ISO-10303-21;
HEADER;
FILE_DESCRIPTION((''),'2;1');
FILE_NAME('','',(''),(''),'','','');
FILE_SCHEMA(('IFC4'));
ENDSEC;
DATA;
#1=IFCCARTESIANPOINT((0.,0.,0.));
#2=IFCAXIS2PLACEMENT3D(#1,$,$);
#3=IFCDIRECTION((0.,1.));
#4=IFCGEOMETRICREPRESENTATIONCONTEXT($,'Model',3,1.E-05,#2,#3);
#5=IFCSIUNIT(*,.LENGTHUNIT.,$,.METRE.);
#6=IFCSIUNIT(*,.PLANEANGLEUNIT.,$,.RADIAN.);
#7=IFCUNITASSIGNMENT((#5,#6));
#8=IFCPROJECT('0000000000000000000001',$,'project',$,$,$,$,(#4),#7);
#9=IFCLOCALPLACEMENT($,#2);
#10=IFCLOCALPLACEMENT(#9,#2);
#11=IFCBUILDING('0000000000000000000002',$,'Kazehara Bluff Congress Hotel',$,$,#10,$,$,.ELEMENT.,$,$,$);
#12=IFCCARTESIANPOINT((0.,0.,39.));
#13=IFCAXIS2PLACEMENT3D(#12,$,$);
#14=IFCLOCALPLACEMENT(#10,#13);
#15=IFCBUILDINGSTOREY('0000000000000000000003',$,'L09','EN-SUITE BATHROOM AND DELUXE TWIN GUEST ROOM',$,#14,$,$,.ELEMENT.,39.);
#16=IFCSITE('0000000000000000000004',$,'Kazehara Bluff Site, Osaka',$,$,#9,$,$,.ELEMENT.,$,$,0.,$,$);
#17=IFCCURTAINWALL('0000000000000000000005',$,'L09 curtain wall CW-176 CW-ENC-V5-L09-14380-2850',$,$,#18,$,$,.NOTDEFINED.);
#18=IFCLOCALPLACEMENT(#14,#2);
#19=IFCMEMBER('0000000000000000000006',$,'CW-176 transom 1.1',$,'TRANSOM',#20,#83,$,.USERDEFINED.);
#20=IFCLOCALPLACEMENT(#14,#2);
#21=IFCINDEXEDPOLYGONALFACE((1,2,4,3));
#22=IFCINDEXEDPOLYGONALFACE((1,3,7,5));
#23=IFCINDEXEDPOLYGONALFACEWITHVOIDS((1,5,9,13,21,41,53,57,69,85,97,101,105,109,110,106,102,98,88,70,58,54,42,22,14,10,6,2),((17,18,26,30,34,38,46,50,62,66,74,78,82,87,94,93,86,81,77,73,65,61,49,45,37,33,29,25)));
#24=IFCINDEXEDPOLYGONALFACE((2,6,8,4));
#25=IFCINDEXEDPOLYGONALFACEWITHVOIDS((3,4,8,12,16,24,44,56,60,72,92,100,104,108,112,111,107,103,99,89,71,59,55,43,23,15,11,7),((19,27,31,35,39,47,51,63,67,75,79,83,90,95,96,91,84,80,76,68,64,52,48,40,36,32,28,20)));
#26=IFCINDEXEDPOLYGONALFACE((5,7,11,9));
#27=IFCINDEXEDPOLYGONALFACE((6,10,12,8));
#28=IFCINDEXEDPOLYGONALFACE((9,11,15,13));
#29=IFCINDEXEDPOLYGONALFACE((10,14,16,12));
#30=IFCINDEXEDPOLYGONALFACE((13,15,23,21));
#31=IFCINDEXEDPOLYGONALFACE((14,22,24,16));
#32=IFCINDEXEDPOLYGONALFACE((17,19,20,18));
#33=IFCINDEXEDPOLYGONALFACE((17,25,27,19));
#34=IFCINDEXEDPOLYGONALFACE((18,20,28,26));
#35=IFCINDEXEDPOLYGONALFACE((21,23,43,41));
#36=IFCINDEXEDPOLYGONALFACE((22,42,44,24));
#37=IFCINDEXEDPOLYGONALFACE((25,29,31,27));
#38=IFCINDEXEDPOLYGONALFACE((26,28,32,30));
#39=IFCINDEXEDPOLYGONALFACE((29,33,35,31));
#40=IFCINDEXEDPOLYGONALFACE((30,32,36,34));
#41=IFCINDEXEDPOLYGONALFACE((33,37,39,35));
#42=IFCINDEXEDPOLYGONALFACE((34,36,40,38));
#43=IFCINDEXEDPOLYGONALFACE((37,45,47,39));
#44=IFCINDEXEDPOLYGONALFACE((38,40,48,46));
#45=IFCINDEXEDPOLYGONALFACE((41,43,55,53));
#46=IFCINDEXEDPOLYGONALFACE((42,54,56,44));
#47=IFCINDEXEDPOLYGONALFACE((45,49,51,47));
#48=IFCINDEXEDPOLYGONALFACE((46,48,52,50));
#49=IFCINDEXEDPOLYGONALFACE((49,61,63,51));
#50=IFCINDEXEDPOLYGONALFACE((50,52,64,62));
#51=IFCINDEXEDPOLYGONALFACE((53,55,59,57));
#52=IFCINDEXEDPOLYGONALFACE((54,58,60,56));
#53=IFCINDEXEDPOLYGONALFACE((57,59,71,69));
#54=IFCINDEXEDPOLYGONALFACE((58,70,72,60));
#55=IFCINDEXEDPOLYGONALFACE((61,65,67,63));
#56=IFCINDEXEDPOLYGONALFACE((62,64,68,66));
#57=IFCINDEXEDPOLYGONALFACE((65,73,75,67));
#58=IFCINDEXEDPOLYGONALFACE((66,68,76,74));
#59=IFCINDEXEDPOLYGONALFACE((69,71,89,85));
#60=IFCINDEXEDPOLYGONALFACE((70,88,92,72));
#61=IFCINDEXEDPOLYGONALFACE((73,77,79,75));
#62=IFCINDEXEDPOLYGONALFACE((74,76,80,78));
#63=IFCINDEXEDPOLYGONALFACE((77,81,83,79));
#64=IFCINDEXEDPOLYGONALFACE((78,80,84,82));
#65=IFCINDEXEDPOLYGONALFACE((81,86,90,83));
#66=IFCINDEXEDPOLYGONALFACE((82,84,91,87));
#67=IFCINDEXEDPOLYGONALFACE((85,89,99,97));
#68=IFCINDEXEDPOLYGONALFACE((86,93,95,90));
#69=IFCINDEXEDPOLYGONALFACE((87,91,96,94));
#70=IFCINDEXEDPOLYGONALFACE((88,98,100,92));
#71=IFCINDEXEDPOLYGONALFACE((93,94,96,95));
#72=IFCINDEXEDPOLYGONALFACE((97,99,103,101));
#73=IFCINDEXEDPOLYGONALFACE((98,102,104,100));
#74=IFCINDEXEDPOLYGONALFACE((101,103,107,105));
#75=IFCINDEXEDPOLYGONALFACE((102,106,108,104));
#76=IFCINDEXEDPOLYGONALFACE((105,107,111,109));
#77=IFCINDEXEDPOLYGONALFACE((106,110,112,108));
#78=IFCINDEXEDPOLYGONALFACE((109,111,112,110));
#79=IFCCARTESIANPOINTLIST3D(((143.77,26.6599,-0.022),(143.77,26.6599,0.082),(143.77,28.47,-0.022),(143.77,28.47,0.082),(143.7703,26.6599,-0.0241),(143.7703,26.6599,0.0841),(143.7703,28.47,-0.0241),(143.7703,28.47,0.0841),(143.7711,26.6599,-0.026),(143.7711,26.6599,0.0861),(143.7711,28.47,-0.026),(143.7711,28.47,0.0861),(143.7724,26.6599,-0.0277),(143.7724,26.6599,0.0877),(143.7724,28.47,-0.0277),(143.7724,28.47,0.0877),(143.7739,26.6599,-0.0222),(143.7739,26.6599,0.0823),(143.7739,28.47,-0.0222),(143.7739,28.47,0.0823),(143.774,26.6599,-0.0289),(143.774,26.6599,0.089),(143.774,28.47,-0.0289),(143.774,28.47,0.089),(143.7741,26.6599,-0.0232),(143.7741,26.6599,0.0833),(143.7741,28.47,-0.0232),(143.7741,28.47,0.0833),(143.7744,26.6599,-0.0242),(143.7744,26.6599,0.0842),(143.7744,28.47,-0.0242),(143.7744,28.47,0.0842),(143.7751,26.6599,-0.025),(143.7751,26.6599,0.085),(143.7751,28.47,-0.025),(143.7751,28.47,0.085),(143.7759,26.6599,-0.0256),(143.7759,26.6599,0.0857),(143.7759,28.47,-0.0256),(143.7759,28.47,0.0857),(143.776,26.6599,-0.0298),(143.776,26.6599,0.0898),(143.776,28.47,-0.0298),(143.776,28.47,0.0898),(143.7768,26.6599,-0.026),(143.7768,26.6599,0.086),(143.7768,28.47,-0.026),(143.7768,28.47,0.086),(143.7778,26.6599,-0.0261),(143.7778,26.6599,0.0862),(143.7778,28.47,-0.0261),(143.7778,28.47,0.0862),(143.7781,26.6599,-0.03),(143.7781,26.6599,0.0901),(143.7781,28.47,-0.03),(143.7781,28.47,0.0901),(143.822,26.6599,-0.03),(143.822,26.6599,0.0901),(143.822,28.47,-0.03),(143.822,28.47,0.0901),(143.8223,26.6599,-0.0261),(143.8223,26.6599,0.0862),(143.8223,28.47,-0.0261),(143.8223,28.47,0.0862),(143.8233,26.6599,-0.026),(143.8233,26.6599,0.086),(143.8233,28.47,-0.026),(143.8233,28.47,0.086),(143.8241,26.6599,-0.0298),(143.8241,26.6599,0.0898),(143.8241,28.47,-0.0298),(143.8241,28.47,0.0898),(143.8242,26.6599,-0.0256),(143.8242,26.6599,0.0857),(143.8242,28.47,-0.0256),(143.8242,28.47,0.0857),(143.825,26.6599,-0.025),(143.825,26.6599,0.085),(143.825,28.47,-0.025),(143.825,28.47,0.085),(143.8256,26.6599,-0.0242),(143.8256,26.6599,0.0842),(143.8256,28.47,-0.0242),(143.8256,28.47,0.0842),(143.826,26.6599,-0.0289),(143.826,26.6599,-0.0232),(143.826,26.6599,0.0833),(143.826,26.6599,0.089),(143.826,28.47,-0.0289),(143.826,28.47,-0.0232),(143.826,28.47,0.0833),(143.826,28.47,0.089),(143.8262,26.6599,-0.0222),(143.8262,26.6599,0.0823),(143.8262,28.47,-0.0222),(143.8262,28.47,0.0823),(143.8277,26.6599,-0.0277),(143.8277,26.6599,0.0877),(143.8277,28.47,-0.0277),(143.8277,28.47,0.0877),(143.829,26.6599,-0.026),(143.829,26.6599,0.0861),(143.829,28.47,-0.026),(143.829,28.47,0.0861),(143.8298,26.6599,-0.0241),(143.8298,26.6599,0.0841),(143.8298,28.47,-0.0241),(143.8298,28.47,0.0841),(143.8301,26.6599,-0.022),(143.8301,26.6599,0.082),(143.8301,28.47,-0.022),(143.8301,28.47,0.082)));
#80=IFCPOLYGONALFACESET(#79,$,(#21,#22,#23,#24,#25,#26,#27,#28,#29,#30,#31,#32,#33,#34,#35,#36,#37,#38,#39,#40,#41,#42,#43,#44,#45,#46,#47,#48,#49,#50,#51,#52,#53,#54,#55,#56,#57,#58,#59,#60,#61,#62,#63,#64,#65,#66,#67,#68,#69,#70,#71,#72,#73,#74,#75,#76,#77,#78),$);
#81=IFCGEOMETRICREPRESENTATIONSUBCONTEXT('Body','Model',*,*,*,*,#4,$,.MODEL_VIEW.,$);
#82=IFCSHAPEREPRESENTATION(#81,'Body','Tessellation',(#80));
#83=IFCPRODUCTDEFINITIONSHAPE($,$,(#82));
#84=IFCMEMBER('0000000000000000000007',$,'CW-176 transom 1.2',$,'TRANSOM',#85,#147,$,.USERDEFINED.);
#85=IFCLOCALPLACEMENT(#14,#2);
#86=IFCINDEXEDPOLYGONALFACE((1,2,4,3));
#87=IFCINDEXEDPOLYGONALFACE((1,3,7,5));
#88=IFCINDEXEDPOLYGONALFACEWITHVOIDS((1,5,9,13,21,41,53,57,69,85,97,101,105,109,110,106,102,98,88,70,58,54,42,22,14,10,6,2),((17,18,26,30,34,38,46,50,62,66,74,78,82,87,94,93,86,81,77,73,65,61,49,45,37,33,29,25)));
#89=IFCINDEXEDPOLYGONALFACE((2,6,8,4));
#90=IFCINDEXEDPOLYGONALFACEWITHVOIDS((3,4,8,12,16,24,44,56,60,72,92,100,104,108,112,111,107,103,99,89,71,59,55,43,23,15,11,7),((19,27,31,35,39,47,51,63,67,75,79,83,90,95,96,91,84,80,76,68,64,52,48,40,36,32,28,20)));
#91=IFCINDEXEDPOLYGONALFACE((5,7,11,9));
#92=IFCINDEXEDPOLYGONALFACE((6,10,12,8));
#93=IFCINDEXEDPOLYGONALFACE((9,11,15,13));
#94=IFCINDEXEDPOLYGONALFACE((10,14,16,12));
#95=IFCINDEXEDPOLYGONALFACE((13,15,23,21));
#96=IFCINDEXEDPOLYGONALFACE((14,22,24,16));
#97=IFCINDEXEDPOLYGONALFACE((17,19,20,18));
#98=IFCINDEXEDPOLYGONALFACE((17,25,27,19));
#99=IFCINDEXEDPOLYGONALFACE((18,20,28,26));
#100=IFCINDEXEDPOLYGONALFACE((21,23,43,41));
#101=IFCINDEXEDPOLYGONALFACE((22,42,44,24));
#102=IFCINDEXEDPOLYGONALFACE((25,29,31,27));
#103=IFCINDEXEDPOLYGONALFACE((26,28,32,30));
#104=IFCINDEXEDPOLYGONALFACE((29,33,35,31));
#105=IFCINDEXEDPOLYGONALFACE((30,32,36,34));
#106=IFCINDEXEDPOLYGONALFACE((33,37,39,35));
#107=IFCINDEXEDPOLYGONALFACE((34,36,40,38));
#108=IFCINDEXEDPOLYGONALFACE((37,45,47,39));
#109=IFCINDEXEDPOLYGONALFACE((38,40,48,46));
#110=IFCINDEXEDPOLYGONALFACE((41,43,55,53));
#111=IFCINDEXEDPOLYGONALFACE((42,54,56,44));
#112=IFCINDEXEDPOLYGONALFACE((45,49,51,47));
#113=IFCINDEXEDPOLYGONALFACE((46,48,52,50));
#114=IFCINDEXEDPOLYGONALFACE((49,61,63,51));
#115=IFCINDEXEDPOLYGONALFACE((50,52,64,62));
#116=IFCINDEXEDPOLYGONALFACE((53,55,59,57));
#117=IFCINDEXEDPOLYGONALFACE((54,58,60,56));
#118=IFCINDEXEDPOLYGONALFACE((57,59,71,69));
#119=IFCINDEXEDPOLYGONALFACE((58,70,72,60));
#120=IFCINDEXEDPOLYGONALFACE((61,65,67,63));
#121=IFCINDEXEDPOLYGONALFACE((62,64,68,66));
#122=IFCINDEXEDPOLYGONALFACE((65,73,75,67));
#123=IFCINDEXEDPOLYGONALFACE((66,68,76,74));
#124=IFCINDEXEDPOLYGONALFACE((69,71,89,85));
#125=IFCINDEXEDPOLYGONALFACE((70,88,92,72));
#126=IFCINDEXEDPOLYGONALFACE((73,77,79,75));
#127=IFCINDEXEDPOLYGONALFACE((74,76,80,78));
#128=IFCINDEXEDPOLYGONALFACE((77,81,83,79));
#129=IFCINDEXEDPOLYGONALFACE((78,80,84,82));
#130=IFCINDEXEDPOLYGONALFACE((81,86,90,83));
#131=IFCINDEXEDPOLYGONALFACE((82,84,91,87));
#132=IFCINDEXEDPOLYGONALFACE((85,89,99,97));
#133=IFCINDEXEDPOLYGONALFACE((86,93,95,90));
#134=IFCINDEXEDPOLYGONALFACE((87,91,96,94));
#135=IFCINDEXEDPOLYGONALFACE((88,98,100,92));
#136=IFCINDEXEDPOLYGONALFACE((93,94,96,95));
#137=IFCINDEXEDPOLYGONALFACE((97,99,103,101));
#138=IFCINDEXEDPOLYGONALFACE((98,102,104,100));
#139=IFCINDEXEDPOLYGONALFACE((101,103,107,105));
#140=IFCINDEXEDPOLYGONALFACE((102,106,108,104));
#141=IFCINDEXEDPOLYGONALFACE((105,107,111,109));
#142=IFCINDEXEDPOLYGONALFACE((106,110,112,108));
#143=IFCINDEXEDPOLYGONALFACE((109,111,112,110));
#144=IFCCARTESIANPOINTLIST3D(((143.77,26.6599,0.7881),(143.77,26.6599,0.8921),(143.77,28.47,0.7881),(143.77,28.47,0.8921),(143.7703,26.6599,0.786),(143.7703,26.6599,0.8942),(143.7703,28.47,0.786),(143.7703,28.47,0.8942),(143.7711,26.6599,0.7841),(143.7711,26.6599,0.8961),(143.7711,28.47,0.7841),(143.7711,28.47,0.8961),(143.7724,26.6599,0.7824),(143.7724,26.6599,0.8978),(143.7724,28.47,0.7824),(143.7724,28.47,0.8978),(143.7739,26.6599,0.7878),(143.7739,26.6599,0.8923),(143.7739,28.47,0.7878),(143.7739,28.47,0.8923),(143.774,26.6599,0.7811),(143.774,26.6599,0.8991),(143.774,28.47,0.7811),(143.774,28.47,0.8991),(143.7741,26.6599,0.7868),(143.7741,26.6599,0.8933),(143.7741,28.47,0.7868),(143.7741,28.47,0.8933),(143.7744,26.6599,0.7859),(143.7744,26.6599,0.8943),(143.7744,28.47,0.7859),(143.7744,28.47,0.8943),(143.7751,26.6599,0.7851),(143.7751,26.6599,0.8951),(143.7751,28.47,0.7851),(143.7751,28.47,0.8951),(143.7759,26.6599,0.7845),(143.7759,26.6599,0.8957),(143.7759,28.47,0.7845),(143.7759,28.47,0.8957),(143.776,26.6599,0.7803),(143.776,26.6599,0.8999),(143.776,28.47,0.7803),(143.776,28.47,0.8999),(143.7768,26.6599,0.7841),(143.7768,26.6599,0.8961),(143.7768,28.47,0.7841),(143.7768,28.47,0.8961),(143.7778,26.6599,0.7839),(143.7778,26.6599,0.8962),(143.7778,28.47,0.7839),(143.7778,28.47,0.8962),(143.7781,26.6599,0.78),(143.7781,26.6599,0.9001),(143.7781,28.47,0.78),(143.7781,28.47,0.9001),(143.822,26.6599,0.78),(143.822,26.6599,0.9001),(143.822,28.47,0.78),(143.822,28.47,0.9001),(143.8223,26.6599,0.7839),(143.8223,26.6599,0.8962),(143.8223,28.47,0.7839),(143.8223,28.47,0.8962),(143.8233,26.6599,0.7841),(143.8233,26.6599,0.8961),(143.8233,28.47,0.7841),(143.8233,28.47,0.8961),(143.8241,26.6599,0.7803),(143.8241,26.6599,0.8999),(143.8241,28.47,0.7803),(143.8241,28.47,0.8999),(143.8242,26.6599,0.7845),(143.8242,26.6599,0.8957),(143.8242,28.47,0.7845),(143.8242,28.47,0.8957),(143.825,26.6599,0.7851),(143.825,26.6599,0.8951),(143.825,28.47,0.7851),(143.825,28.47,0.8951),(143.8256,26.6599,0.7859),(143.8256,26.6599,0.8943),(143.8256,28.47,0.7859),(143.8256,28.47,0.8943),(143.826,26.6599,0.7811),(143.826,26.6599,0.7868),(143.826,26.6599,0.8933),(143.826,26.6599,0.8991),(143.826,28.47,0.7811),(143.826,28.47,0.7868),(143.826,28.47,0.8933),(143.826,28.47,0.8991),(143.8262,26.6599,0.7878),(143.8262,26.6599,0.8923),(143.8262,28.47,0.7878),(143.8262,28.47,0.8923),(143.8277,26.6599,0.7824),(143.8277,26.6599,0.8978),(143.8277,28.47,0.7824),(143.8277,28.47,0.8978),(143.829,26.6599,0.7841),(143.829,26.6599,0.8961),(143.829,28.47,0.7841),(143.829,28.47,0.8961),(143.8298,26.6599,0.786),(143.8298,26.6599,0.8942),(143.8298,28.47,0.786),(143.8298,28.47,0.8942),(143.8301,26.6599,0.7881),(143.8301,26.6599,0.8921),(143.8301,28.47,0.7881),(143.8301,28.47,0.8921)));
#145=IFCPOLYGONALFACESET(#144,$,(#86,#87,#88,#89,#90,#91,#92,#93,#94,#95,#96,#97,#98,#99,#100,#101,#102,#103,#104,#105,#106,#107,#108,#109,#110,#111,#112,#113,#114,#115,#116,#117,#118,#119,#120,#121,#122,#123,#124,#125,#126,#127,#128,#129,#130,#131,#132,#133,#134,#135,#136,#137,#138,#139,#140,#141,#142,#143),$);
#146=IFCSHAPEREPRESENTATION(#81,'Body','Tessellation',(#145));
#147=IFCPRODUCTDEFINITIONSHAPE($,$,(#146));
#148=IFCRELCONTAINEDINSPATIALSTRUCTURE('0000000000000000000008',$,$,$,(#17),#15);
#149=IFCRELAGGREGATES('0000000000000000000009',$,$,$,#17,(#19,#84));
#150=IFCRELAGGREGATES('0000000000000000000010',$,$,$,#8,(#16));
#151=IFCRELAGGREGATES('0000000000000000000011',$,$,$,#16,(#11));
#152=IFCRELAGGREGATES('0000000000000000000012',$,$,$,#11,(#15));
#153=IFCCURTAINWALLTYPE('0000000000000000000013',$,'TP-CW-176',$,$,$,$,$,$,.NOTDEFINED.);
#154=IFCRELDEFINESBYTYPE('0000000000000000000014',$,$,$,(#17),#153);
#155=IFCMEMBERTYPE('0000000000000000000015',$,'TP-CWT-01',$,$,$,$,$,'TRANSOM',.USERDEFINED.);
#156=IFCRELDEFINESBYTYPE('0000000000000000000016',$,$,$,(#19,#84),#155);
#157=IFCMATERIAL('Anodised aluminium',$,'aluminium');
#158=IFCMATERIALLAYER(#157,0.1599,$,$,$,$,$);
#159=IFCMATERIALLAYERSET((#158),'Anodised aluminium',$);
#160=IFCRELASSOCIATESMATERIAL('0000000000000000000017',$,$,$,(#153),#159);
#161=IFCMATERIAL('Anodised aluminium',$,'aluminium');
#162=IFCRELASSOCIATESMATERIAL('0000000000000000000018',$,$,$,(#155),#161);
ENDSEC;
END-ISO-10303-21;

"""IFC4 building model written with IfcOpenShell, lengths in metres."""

from ifc_helpers import new_model, si_unit, direction, frame, origin, origin_2d, place, context, subcontext, project, spatial, hollow_rectangle, extrude, material, layer, layer_set, material_profile, profile_set, type_object, element, aggregate, save


model = new_model("IFC4")

# Units and contexts
model_context = context("Model", 3, precision=1e-05, world=origin(), true_north=direction((0.0, 1.0)))
body_context = subcontext(model_context, "Body", "Model", "MODEL_VIEW")
ifc_project = project(units=[si_unit("LENGTHUNIT", "METRE"), si_unit("PLANEANGLEUNIT", "RADIAN")], contexts=[model_context])

# Site, building, storey
site_placement = place(None, origin())
site = spatial("IfcSite", under=ifc_project, at=site_placement, Name="Kazehara Bluff Site, Osaka", CompositionType="ELEMENT", RefElevation=0.0)
building_placement = place(site_placement, origin())
building = spatial("IfcBuilding", under=site, at=building_placement, Name="Kazehara Bluff Congress Hotel", CompositionType="ELEMENT")
storey_placement = place(building_placement, frame((0.0, 0.0, 39.0)))
storey = spatial("IfcBuildingStorey", under=building, at=storey_placement, Name="L09", Description="EN-SUITE BATHROOM AND DELUXE TWIN GUEST ROOM", CompositionType="ELEMENT", Elevation=39.0)

# Curtain wall
ifc_material_1 = material(Name="Anodised aluminium", Category="aluminium")
ifc_layer_1 = layer(ifc_material_1, 0.1599)
ifc_layer_set_1 = layer_set([ifc_layer_1], Name="Anodised aluminium")
curtain_wall_type_1 = type_object("IfcCurtainWallType", Name="TP-CW-176", PredefinedType="NOTDEFINED", material=ifc_layer_set_1)
curtain_wall_1_placement = place(storey_placement, origin())
curtain_wall_1 = element("IfcCurtainWall", 1, at=curtain_wall_1_placement, inside=storey, type_object=curtain_wall_type_1, Name="L09 curtain wall CW-176 CW-ENC-V5-L09-14380-2850", PredefinedType="NOTDEFINED")

# Members
ifc_material_2 = material(Name="Anodised aluminium", Category="aluminium")
ifc_material_profile_1 = material_profile(ifc_material_2, hollow_rectangle(XDim=0.0601, YDim=0.1201, WallThickness=0.0039, InnerFilletRadius=0.0039, OuterFilletRadius=0.0081, at=origin_2d()))
ifc_profile_set_1 = profile_set([ifc_material_profile_1], Name="Anodised aluminium")
member_type_1 = type_object("IfcMemberType", Name="TP-CWT-01", ElementType="TRANSOM", PredefinedType="USERDEFINED", material=ifc_profile_set_1)
member_1_placement = place(storey_placement, frame((143.8, 26.6599, 0.03), z_axis=(0.0, 1.0, 0.0), x_axis=(-1.0, 0.0, 0.0)))
member_1 = element("IfcMember", 2, at=member_1_placement, type_object=member_type_1, Name="CW-176 transom 1.1", ObjectType="TRANSOM", PredefinedType="USERDEFINED", context=body_context, shape_type="SweptSolid", body=[
    extrude(hollow_rectangle(XDim=0.0601, YDim=0.1201, WallThickness=0.0039, InnerFilletRadius=0.0039, OuterFilletRadius=0.0081, at=origin_2d()), origin(), (0.0, 0.0, 1.0), 1.8101),
])
member_2_placement = place(storey_placement, frame((143.8, 26.6599, 0.8401), z_axis=(0.0, 1.0, 0.0), x_axis=(-1.0, 0.0, 0.0)))
member_2 = element("IfcMember", 3, at=member_2_placement, type_object=member_type_1, Name="CW-176 transom 1.2", ObjectType="TRANSOM", PredefinedType="USERDEFINED", context=body_context, shape_type="SweptSolid", body=[
    extrude(hollow_rectangle(XDim=0.0601, YDim=0.1201, WallThickness=0.0039, InnerFilletRadius=0.0039, OuterFilletRadius=0.0081, at=origin_2d()), origin(), (0.0, 0.0, 1.0), 1.8101),
])

aggregate(curtain_wall_1, [member_1, member_2])

save(model, "model.ifc")
